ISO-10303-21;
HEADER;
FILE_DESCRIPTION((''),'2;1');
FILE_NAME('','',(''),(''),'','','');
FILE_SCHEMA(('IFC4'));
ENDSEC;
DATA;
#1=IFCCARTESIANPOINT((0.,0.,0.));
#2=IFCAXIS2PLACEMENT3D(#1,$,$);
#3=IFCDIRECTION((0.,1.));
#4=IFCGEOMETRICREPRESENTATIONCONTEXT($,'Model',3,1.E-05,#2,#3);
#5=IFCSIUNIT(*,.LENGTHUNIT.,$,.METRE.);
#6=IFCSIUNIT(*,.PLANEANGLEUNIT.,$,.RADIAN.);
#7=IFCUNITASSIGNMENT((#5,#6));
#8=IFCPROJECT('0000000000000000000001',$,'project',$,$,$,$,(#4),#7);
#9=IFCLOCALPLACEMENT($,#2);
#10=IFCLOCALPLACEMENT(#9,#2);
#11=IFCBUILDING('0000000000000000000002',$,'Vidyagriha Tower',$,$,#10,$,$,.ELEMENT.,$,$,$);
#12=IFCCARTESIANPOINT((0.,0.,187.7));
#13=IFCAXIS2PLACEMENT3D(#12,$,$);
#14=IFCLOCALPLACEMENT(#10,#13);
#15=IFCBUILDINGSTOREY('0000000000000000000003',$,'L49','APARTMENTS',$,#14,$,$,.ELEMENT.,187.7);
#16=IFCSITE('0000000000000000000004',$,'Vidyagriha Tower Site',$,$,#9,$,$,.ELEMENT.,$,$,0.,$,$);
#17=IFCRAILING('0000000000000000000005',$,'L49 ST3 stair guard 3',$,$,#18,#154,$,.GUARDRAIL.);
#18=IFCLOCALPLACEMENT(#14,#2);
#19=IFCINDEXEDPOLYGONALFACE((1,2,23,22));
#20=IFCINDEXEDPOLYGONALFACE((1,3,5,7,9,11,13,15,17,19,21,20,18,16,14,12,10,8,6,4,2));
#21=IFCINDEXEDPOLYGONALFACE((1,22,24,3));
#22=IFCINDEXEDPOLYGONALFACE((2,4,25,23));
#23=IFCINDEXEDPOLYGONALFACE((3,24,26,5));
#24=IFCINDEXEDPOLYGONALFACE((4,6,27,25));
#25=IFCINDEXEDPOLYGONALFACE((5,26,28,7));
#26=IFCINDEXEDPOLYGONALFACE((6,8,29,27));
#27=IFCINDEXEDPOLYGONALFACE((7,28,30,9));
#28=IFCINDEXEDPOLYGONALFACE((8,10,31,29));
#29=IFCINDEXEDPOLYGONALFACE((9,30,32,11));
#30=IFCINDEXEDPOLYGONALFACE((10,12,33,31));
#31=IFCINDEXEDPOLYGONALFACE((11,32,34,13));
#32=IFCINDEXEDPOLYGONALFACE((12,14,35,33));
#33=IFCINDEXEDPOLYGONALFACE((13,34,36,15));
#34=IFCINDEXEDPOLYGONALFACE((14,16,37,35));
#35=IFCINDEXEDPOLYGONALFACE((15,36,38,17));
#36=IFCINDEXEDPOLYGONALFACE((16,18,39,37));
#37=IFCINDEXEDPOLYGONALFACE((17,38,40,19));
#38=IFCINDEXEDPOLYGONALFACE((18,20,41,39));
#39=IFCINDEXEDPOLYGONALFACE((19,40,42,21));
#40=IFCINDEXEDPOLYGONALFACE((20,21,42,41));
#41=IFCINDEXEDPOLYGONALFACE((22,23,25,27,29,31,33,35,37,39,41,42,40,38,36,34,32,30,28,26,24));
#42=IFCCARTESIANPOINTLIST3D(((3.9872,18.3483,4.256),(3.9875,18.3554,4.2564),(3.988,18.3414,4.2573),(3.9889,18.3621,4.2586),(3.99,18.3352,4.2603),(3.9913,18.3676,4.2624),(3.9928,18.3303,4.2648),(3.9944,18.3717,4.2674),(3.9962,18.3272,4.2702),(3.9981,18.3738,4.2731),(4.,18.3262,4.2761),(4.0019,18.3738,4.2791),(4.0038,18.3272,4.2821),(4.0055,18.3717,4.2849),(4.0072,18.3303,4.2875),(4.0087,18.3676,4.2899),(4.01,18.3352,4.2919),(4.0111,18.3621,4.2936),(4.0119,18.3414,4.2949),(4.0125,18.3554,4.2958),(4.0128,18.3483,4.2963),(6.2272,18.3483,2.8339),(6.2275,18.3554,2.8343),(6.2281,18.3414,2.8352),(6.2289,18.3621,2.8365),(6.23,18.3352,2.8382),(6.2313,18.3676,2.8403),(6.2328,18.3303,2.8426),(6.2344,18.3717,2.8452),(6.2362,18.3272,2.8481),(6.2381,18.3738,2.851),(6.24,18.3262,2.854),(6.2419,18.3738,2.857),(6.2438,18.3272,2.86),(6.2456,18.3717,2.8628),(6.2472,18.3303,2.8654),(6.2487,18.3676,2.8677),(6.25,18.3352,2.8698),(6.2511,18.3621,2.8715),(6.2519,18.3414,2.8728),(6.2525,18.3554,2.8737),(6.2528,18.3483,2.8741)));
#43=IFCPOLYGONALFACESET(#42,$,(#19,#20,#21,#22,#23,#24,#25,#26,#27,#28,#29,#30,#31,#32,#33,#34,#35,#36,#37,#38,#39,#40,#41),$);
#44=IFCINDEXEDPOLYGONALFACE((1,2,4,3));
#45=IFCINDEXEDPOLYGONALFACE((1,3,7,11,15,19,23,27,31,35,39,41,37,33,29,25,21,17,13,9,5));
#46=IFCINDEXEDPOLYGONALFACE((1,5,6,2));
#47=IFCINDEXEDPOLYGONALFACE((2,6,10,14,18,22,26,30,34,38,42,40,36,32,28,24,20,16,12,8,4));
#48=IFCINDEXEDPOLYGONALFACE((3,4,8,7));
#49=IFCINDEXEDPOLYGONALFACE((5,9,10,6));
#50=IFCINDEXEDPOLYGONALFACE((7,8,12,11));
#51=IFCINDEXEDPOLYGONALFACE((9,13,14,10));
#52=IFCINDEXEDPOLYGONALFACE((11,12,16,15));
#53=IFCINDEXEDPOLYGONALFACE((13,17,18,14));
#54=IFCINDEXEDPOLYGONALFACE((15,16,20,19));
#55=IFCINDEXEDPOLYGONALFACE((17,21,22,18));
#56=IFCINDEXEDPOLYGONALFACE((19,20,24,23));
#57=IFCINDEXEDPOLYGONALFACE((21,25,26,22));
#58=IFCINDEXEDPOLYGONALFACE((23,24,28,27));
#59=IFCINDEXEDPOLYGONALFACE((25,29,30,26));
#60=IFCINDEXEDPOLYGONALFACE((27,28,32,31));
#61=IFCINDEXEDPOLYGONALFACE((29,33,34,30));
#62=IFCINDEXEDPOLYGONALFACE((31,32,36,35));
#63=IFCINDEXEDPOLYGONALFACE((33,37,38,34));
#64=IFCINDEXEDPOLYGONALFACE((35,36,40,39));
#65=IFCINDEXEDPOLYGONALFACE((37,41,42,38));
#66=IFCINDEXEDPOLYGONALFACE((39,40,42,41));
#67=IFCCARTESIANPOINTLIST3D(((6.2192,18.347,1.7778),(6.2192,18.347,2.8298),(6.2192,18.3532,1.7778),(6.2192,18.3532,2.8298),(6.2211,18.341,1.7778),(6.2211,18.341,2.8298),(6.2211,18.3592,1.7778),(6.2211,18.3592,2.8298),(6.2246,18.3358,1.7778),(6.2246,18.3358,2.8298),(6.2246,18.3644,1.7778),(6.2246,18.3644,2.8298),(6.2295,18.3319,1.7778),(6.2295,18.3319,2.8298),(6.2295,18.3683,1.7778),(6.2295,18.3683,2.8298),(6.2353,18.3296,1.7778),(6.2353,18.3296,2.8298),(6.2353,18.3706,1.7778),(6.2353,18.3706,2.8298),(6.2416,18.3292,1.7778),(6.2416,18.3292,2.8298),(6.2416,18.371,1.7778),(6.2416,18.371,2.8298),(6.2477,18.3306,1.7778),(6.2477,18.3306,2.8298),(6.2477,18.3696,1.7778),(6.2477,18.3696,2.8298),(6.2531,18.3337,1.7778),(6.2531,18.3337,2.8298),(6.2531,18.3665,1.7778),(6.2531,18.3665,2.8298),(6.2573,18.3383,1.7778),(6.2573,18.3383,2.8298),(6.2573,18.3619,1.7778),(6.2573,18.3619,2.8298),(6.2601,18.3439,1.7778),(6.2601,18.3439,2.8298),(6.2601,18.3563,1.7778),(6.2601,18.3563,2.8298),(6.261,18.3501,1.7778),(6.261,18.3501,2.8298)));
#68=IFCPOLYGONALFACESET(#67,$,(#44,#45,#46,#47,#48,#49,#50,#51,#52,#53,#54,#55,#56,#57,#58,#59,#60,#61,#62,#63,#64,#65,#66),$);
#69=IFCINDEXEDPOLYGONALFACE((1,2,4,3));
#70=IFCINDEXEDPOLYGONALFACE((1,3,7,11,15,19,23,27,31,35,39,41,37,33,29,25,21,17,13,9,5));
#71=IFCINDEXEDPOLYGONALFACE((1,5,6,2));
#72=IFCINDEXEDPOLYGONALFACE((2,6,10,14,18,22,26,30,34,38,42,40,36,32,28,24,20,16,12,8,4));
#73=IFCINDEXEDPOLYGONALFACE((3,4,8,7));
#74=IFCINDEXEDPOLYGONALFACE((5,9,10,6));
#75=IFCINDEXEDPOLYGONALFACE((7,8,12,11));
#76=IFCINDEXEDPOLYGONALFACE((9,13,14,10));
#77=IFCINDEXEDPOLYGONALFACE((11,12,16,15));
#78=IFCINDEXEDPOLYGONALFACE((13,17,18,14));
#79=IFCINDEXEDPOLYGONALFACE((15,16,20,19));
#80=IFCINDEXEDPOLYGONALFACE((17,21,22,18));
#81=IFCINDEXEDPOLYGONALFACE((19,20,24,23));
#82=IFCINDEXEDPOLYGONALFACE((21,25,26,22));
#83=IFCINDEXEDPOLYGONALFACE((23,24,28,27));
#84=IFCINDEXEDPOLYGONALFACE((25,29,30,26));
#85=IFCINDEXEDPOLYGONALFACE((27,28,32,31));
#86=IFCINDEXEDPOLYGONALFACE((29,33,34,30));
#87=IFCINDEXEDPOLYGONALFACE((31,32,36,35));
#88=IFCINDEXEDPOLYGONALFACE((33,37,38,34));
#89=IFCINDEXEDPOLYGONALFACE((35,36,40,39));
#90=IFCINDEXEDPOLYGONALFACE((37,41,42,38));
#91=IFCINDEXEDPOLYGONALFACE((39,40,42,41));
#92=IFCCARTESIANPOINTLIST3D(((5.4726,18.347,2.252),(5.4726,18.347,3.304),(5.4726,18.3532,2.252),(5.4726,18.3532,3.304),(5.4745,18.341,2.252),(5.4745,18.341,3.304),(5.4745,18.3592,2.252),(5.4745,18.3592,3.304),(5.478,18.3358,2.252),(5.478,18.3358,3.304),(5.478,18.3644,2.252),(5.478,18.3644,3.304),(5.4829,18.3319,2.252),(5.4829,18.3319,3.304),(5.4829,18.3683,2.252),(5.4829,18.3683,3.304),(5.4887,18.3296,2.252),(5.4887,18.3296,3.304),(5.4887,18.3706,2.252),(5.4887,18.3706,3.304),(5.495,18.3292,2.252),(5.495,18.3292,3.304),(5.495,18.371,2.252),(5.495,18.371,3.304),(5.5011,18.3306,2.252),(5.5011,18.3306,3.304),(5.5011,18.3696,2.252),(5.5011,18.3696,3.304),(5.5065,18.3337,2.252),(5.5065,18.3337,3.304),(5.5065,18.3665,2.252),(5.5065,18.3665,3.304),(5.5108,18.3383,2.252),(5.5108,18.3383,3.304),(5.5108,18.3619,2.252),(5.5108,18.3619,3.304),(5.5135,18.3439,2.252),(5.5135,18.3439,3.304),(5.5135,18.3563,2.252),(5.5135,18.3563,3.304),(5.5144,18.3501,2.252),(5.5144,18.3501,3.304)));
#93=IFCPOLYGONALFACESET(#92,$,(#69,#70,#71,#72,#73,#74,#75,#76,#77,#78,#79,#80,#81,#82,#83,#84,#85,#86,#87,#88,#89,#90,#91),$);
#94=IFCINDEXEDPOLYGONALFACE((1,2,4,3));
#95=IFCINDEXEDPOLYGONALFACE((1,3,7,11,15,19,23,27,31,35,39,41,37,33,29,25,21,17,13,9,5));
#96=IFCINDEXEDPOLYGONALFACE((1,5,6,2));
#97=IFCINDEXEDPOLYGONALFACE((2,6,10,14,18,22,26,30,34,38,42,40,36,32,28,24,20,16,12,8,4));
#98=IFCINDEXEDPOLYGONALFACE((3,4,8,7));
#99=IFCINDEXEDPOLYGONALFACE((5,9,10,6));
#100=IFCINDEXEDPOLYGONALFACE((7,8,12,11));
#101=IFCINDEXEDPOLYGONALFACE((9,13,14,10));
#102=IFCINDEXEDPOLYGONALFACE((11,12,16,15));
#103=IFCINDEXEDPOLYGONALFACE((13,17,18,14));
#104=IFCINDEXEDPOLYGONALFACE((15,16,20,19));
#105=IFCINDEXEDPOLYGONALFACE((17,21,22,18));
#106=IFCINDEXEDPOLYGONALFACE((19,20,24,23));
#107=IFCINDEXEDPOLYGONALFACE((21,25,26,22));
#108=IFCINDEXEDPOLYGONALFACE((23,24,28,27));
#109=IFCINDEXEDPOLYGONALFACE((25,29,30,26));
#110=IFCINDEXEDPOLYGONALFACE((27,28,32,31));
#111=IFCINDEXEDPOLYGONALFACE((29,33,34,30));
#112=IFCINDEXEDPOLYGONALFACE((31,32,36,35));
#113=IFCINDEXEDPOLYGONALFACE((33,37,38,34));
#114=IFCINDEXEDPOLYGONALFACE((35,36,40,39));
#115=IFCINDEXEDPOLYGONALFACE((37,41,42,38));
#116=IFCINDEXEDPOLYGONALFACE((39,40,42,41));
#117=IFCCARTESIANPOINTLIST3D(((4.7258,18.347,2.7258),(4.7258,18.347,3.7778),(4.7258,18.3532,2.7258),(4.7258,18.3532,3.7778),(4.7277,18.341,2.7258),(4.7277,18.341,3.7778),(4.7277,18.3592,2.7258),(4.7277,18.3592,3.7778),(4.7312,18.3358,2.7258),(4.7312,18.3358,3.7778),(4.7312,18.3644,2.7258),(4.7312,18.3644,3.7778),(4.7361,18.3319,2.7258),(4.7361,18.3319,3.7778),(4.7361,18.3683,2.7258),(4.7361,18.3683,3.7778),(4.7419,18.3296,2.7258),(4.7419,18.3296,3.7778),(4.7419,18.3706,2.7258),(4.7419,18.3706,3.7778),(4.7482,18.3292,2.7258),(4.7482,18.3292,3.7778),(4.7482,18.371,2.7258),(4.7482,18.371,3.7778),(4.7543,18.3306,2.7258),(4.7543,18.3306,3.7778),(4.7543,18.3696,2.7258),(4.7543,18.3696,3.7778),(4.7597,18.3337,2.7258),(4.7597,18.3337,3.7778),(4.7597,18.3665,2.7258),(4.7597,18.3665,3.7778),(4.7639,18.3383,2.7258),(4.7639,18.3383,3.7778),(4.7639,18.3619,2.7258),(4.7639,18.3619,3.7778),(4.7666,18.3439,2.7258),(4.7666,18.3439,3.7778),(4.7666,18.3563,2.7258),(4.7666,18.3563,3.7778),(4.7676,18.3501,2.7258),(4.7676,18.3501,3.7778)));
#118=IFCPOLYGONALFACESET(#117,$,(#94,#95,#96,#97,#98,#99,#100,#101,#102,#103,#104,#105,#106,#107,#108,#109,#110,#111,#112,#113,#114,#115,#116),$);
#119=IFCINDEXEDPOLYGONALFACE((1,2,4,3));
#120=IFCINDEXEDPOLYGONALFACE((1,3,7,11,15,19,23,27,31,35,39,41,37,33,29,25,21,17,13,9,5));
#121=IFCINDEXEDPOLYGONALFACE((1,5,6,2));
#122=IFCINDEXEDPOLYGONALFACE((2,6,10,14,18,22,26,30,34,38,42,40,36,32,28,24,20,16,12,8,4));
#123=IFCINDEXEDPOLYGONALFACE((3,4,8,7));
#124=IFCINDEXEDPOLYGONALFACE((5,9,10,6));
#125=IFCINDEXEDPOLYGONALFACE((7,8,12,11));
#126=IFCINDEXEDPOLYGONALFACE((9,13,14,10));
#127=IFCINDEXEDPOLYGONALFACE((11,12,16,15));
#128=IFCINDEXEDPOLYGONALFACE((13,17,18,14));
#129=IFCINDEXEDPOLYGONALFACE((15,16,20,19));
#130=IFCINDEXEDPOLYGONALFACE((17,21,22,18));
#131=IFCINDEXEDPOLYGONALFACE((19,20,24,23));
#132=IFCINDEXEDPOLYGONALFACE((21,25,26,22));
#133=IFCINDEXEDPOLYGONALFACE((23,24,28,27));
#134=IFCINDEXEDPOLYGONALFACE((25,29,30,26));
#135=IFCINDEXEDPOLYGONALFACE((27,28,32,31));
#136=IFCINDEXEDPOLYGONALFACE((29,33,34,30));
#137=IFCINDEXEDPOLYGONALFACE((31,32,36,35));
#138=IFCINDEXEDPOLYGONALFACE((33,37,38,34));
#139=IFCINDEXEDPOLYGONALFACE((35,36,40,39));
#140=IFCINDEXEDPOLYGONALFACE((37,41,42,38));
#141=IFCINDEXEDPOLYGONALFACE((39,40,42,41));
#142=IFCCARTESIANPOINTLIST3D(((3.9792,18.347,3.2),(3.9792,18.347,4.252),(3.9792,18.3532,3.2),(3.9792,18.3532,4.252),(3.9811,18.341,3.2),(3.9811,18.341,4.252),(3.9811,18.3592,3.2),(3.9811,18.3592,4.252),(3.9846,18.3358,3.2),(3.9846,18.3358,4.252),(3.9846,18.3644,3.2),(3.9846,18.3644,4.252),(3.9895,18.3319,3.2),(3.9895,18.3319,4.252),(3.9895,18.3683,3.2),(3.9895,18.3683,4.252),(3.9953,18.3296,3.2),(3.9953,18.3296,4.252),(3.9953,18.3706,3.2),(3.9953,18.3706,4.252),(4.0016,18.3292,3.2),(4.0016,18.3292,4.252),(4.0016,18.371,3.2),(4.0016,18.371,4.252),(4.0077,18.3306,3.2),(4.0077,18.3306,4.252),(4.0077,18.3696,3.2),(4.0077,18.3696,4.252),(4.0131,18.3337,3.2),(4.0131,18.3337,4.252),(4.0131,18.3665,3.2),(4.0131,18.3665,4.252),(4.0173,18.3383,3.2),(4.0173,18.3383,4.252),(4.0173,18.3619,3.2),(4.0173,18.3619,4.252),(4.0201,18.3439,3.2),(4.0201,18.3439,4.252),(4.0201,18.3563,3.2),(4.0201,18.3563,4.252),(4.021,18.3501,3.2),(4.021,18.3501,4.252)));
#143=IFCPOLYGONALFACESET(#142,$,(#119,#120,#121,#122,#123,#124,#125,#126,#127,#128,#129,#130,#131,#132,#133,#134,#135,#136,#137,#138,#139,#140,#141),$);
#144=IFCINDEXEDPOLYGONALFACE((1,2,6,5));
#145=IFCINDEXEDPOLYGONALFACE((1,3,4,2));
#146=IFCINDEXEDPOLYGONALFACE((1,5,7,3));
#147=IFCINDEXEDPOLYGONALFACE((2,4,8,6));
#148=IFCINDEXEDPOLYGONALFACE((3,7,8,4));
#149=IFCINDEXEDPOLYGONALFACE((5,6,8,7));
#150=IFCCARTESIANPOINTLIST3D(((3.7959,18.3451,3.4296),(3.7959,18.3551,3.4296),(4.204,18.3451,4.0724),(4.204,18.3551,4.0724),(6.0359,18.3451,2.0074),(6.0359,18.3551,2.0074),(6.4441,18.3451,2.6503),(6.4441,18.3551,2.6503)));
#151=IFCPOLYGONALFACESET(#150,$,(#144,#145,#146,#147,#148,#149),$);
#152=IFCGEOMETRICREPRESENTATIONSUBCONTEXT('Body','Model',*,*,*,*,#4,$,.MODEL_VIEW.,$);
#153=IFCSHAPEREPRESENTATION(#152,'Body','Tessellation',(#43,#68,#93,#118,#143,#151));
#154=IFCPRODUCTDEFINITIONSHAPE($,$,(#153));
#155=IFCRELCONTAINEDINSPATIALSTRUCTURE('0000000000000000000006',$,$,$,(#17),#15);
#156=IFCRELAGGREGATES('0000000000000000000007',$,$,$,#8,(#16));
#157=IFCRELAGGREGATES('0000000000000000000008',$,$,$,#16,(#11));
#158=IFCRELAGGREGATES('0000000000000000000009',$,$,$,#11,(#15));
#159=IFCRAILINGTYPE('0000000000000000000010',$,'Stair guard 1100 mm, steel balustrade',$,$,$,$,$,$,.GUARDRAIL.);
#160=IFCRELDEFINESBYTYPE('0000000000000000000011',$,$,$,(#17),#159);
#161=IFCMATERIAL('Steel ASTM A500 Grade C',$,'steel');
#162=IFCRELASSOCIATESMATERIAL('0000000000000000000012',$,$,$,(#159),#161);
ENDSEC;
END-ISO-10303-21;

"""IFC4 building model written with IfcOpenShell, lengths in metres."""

from ifc_helpers import new_model, si_unit, direction, frame, origin, origin_2d, place, context, subcontext, project, spatial, rectangle, circle, extrude, material, type_object, element, save


model = new_model("IFC4")

# Units and contexts
model_context = context("Model", 3, precision=1e-05, world=origin(), true_north=direction((0.0, 1.0)))
body_context = subcontext(model_context, "Body", "Model", "MODEL_VIEW")
ifc_project = project(units=[si_unit("LENGTHUNIT", "METRE"), si_unit("PLANEANGLEUNIT", "RADIAN")], contexts=[model_context])

# Site, building, storey
site_placement = place(None, origin())
site = spatial("IfcSite", under=ifc_project, at=site_placement, Name="Vidyagriha Tower Site", CompositionType="ELEMENT", RefElevation=0.0)
building_placement = place(site_placement, origin())
building = spatial("IfcBuilding", under=site, at=building_placement, Name="Vidyagriha Tower", CompositionType="ELEMENT")
storey_placement = place(building_placement, frame((0.0, 0.0, 187.7)))
storey = spatial("IfcBuildingStorey", under=building, at=storey_placement, Name="L49", Description="APARTMENTS", CompositionType="ELEMENT", Elevation=187.7)

# Railing
ifc_material_1 = material(Name="Steel ASTM A500 Grade C", Category="steel")
railing_type_1 = type_object("IfcRailingType", Name="Stair guard 1100 mm, steel balustrade", PredefinedType="GUARDRAIL", material=ifc_material_1)
railing_1_placement = place(storey_placement, frame((6.24, 18.3501, 1.7778)))
element("IfcRailing", 1, at=railing_1_placement, inside=storey, type_object=railing_type_1, Name="L49 ST3 stair guard 3", PredefinedType="GUARDRAIL", context=body_context, shape_type="SweptSolid", body=[
    extrude(circle(Radius=0.0239, at=origin_2d()), frame((0.0, 0.0, 1.0762), z_axis=(-0.844229, 0.0, 0.535982), x_axis=(0.0, -1.0, 0.0)), (0.0, 0.0, 1.0), 2.6533),
    extrude(circle(Radius=0.021, at=origin_2d()), origin(), (0.0, 0.0, 1.0), 1.052),
    extrude(circle(Radius=0.021, at=origin_2d()), frame((-0.7466, 0.0, 0.4741)), (0.0, 0.0, 1.0), 1.052),
    extrude(circle(Radius=0.021, at=origin_2d()), frame((-1.4934, 0.0, 0.948)), (0.0, 0.0, 1.0), 1.052),
    extrude(circle(Radius=0.021, at=origin_2d()), frame((-2.24, 0.0, 1.4221)), (0.0, 0.0, 1.0), 1.052),
    extrude(rectangle(XDim=0.01, YDim=0.7615, at=origin_2d()), frame((0.0, 0.0, 0.551), z_axis=(-0.844229, 0.0, 0.535982), x_axis=(0.0, -1.0, 0.0)), (0.0, 0.0, 1.0), 2.6533),
])

save(model, "model.ifc")
